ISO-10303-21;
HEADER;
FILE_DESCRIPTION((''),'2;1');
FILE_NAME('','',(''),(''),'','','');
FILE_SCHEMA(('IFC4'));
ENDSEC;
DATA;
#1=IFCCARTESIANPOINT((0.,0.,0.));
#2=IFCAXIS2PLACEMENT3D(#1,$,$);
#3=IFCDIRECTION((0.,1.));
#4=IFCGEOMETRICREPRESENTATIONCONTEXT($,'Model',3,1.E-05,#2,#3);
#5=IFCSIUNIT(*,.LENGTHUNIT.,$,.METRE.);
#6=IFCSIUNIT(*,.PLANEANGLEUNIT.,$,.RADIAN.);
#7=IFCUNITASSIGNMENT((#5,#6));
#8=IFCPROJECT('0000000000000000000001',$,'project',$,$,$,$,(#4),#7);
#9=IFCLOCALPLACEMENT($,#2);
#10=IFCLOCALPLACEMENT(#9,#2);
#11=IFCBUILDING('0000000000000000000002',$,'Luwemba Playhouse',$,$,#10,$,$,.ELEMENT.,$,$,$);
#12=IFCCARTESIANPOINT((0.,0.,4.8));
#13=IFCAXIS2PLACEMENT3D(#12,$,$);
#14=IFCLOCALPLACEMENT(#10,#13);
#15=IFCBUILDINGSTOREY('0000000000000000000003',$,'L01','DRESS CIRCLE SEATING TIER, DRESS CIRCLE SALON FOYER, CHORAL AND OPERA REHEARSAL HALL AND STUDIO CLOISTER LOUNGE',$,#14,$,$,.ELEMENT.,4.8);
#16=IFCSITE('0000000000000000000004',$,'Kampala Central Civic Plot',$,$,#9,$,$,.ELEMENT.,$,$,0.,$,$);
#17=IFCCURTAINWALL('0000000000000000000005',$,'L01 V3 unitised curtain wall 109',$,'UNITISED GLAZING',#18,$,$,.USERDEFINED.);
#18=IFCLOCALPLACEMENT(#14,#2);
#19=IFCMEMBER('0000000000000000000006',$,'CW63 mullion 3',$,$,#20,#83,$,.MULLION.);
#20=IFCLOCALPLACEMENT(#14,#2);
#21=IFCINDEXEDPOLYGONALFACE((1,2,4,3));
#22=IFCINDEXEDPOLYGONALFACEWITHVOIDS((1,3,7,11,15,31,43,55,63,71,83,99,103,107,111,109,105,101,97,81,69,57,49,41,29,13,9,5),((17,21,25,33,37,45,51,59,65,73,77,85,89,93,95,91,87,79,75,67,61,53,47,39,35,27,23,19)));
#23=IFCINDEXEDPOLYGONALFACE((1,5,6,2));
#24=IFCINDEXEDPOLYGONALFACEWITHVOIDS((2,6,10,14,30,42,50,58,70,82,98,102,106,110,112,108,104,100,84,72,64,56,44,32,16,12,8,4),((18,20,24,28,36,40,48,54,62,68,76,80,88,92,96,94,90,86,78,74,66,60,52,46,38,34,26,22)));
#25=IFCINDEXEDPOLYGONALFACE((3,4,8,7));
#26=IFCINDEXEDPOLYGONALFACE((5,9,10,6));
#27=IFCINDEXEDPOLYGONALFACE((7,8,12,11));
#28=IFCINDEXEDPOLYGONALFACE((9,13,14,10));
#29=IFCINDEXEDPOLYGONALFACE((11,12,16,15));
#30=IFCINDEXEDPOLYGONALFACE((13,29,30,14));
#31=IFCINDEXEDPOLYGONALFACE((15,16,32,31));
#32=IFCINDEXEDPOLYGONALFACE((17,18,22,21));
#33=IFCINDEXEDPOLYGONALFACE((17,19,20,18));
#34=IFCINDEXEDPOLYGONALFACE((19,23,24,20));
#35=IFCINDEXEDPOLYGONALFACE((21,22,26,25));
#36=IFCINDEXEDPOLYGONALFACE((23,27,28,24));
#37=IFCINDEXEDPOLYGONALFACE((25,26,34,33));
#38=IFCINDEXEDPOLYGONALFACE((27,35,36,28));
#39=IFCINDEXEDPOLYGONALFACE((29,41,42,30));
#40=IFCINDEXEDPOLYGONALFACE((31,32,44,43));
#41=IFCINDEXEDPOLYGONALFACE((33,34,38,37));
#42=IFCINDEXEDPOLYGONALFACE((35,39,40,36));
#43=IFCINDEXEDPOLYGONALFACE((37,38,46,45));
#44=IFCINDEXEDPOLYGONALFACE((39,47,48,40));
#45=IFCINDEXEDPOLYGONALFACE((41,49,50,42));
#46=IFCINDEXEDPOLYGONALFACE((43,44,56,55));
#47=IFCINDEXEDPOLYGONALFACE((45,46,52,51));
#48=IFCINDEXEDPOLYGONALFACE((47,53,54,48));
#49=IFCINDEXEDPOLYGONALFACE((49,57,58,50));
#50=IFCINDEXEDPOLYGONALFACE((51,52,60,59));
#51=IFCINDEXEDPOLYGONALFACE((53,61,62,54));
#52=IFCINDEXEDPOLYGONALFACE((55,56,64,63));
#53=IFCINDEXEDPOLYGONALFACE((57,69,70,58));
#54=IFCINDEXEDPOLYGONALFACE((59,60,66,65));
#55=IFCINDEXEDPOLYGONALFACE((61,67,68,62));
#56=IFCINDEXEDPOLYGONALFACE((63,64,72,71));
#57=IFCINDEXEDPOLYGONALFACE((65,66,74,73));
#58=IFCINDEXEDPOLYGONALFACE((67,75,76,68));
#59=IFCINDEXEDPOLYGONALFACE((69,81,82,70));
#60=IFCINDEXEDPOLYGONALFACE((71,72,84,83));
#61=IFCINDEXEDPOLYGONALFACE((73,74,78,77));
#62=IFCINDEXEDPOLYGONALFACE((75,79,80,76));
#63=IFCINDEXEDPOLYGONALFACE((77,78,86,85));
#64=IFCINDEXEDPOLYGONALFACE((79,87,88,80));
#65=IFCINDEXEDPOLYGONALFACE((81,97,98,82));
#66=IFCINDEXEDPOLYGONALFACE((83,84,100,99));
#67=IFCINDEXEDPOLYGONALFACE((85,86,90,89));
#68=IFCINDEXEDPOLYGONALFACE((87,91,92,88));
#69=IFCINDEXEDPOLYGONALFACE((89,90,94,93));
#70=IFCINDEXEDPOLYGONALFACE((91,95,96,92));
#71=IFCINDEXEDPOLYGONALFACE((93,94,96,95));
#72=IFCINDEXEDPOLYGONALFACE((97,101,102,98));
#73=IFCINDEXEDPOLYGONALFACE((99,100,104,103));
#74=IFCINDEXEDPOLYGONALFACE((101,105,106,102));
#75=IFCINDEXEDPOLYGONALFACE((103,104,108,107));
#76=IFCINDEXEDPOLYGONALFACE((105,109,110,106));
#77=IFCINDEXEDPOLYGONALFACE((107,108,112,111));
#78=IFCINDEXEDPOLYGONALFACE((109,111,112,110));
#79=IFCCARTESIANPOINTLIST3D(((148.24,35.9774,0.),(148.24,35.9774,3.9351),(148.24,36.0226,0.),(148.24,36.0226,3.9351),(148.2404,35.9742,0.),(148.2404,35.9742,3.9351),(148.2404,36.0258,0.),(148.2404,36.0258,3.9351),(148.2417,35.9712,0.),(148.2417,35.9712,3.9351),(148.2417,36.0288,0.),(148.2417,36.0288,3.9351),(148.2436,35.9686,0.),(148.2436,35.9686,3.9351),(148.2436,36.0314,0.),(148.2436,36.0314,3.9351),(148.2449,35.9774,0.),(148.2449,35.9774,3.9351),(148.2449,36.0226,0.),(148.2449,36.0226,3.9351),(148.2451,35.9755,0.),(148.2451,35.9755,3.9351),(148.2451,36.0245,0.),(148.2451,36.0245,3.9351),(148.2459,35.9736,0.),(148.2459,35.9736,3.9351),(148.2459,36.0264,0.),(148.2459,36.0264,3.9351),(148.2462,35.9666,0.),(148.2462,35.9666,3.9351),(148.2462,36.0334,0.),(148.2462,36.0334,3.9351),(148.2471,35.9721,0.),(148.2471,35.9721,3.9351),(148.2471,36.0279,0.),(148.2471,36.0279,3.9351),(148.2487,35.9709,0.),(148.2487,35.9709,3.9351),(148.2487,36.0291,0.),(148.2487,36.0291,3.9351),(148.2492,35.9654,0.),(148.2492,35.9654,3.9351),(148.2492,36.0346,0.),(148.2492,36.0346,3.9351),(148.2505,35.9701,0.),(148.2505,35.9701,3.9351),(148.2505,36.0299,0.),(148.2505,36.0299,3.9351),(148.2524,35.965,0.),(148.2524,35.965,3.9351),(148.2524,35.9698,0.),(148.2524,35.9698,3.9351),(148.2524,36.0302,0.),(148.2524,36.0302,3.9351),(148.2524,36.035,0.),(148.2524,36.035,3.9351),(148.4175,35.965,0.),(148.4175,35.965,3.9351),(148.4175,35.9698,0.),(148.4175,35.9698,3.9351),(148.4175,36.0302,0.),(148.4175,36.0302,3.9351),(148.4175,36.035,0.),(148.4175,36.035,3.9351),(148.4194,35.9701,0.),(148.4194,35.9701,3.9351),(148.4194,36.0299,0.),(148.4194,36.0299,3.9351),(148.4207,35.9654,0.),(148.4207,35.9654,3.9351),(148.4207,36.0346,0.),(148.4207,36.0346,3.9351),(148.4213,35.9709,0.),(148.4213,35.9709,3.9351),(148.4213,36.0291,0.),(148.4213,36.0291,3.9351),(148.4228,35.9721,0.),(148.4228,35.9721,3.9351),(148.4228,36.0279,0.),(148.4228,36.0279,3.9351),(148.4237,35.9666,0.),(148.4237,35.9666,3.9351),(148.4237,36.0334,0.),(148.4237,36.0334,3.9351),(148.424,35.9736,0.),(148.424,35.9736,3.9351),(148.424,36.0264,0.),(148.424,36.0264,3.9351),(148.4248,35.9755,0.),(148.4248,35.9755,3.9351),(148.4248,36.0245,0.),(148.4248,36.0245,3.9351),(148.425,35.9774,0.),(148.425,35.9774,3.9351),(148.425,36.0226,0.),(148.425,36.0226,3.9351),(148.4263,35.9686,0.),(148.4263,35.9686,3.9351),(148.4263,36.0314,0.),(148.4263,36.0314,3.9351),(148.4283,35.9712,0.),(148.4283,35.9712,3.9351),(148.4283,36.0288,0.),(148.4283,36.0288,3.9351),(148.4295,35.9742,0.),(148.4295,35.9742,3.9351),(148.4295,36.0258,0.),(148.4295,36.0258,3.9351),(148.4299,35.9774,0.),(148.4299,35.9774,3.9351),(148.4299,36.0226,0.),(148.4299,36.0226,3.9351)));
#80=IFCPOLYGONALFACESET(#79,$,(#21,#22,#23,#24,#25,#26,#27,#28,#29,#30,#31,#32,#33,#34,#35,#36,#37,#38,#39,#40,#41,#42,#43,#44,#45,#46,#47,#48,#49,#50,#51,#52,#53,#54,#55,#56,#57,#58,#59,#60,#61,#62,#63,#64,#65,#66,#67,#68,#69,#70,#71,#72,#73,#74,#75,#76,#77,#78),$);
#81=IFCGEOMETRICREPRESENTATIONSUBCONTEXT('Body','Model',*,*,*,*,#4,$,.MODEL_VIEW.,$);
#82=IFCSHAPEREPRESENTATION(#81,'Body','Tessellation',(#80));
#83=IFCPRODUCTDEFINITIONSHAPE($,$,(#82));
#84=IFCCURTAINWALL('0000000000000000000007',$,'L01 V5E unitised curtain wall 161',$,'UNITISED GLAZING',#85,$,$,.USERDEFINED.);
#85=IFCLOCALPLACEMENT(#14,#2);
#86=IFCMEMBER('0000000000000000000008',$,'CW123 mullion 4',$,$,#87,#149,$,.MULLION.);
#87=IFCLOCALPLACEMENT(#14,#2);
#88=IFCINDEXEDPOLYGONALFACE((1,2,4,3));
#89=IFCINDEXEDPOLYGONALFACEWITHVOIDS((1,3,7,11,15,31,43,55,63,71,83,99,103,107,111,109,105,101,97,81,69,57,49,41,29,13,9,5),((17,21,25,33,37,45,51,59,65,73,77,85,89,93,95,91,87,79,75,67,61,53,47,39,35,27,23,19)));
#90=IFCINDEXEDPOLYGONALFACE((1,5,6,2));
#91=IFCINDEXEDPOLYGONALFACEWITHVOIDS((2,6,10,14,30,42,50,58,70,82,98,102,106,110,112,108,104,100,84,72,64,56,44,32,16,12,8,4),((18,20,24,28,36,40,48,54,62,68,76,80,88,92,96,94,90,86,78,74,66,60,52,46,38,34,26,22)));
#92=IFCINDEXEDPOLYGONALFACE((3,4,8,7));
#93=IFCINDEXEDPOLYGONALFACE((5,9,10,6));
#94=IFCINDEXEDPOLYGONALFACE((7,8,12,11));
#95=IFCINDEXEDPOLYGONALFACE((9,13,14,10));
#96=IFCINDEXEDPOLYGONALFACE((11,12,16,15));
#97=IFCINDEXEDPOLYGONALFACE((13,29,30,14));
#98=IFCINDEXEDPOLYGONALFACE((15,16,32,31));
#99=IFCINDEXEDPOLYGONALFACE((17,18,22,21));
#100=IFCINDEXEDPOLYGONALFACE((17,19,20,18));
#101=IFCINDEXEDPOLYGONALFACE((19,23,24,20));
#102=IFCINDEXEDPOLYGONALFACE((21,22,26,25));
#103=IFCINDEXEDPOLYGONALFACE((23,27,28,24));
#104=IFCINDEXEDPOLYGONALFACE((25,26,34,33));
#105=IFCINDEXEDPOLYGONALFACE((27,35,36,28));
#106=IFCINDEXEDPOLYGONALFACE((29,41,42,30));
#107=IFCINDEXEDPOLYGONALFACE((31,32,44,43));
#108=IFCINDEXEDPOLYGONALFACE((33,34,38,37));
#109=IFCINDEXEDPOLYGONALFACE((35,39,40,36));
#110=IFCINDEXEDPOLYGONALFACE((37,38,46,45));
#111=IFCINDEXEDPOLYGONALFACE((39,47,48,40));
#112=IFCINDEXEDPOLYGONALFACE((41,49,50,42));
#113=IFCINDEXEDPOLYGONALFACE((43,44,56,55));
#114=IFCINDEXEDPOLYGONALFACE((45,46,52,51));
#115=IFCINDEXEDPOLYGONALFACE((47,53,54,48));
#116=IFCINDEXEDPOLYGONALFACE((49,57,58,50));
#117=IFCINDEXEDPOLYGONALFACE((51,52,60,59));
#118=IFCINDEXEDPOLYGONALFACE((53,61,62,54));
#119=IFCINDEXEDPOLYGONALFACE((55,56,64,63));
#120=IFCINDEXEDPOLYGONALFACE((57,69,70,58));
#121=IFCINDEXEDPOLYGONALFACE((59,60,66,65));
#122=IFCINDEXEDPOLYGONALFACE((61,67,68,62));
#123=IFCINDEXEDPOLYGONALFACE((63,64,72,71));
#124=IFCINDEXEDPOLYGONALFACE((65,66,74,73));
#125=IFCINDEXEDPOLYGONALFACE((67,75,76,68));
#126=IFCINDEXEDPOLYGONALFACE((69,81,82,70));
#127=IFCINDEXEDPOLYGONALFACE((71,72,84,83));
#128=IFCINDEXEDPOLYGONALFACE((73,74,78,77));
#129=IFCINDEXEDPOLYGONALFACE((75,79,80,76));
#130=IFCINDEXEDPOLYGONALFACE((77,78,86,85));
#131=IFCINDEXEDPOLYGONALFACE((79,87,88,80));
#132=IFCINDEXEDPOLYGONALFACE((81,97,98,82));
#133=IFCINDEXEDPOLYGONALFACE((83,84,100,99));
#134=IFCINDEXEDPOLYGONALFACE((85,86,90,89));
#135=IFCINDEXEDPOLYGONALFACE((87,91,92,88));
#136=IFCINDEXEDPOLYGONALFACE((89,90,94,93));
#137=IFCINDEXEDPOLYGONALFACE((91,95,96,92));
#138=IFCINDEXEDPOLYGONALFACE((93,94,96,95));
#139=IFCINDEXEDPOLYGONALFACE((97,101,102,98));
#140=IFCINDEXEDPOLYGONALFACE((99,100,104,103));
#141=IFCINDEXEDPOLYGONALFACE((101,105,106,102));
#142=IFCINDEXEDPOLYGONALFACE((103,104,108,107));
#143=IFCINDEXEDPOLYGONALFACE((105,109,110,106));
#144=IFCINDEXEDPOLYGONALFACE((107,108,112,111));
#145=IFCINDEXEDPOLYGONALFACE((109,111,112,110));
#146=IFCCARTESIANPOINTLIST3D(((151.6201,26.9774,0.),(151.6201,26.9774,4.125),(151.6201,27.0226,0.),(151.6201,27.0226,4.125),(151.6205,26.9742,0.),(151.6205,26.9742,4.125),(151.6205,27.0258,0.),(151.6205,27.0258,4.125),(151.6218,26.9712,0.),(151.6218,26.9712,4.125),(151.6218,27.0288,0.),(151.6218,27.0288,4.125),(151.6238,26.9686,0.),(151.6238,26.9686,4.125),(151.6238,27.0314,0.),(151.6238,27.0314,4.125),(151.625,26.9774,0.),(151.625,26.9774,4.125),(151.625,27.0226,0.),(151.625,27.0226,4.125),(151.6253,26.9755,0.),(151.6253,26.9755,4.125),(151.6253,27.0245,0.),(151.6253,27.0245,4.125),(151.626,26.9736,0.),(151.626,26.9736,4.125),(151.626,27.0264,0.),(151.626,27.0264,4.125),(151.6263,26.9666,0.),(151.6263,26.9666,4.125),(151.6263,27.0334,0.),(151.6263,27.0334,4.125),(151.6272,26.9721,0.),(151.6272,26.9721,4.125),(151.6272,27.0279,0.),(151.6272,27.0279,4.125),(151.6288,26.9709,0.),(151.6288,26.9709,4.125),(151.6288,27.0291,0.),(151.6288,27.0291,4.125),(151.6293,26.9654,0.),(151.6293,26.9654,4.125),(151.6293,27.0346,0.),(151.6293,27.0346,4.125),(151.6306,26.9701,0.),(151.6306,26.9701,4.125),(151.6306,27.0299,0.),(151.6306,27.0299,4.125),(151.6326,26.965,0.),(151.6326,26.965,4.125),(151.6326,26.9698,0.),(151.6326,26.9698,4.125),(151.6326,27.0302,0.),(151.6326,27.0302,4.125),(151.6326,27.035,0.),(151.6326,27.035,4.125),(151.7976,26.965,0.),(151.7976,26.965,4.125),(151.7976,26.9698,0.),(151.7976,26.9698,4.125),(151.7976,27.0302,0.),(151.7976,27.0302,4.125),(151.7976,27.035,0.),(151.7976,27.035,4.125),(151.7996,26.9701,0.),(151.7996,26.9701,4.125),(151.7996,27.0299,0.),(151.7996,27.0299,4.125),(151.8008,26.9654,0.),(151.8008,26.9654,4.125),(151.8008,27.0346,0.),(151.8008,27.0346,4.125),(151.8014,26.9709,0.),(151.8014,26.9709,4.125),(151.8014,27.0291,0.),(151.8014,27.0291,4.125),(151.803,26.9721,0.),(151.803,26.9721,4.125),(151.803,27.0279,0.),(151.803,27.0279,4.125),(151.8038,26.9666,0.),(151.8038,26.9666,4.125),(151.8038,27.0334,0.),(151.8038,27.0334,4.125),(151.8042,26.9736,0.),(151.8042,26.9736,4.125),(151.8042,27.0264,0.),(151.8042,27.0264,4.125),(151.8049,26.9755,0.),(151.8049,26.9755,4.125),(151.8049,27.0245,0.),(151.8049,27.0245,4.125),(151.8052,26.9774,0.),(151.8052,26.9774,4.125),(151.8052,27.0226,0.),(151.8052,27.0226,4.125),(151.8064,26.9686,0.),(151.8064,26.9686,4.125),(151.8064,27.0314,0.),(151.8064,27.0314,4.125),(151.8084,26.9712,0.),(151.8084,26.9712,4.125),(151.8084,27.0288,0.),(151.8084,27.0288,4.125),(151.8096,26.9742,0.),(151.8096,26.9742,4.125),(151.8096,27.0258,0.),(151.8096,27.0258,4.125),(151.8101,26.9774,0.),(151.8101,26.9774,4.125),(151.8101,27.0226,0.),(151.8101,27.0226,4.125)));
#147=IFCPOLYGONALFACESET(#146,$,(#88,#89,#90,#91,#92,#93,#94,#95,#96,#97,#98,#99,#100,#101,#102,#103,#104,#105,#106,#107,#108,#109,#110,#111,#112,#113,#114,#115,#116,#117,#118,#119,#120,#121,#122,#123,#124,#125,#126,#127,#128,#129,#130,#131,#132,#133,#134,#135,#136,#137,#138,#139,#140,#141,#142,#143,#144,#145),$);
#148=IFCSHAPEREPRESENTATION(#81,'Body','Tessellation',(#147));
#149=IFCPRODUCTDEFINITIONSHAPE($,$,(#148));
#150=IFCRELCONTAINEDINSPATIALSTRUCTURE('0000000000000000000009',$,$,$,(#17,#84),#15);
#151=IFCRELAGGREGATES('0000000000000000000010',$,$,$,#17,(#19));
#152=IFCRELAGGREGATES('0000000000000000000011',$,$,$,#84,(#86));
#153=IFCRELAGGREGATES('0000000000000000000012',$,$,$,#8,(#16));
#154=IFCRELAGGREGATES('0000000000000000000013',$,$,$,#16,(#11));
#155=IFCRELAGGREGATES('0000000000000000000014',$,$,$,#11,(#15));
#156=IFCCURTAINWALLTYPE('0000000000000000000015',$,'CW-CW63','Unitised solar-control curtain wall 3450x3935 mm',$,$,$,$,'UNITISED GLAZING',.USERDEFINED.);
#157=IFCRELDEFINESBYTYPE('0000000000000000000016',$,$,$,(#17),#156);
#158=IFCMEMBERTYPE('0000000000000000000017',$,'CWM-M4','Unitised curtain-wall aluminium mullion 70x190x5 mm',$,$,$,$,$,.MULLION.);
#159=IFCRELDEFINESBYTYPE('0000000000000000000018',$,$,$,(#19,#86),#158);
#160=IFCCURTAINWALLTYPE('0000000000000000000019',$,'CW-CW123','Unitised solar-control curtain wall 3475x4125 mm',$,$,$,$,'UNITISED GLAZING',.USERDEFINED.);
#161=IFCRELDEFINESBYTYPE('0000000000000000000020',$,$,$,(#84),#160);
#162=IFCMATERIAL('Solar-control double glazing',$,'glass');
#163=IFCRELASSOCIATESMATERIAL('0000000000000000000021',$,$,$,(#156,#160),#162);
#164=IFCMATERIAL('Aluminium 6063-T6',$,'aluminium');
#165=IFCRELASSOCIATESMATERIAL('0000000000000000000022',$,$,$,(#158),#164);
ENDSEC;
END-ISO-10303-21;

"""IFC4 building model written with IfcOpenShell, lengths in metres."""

from ifc_helpers import new_model, si_unit, direction, frame, origin, origin_2d, place, context, subcontext, project, spatial, hollow_rectangle, extrude, material, material_profile, profile_set, type_object, element, aggregate, save


model = new_model("IFC4")

# Units and contexts
model_context = context("Model", 3, precision=1e-05, world=origin(), true_north=direction((0.0, 1.0)))
body_context = subcontext(model_context, "Body", "Model", "MODEL_VIEW")
ifc_project = project(units=[si_unit("LENGTHUNIT", "METRE"), si_unit("PLANEANGLEUNIT", "RADIAN")], contexts=[model_context])

# Site, building, storey
site_placement = place(None, origin())
site = spatial("IfcSite", under=ifc_project, at=site_placement, Name="Kampala Central Civic Plot", CompositionType="ELEMENT", RefElevation=0.0)
building_placement = place(site_placement, origin())
building = spatial("IfcBuilding", under=site, at=building_placement, Name="Luwemba Playhouse", CompositionType="ELEMENT")
storey_placement = place(building_placement, frame((0.0, 0.0, 4.8)))
storey = spatial("IfcBuildingStorey", under=building, at=storey_placement, Name="L01", Description="DRESS CIRCLE SEATING TIER, DRESS CIRCLE SALON FOYER, CHORAL AND OPERA REHEARSAL HALL AND STUDIO CLOISTER LOUNGE", CompositionType="ELEMENT", Elevation=4.8)

# Shared definitions
ifc_material_1 = material(Name="Solar-control double glazing", Category="glass")
ifc_material_2 = material(Name="Aluminium 6063-T6", Category="aluminium")

# Curtain walls, members
curtain_wall_type_1 = type_object("IfcCurtainWallType", Name="CW-CW63", Description="Unitised solar-control curtain wall 3450x3935 mm", ElementType="UNITISED GLAZING", PredefinedType="USERDEFINED", material=ifc_material_1)
curtain_wall_1_placement = place(storey_placement, origin())
curtain_wall_1 = element("IfcCurtainWall", 1, at=curtain_wall_1_placement, inside=storey, type_object=curtain_wall_type_1, Name="L01 V3 unitised curtain wall 109", ObjectType="UNITISED GLAZING", PredefinedType="USERDEFINED")
ifc_material_profile_1 = material_profile(ifc_material_2, hollow_rectangle(XDim=0.0701, YDim=0.1899, WallThickness=0.0049, InnerFilletRadius=0.0076, OuterFilletRadius=0.0125, at=origin_2d()))
ifc_profile_set_1 = profile_set([ifc_material_profile_1], Name="Aluminium 6063-T6")
member_type_1 = type_object("IfcMemberType", Name="CWM-M4", Description="Unitised curtain-wall aluminium mullion 70x190x5 mm", PredefinedType="MULLION", material=ifc_profile_set_1)
member_1_placement = place(storey_placement, frame((148.335, 36.0, 0.0), z_axis=(0.0, 0.0, 1.0), x_axis=(0.0, -1.0, 0.0)))
member_1 = element("IfcMember", 2, at=member_1_placement, type_object=member_type_1, Name="CW63 mullion 3", PredefinedType="MULLION", context=body_context, shape_type="SweptSolid", body=[
    extrude(hollow_rectangle(XDim=0.0701, YDim=0.1899, WallThickness=0.0049, InnerFilletRadius=0.0076, OuterFilletRadius=0.0125, at=origin_2d()), origin(), (0.0, 0.0, 1.0), 3.9351),
])
curtain_wall_type_2 = type_object("IfcCurtainWallType", Name="CW-CW123", Description="Unitised solar-control curtain wall 3475x4125 mm", ElementType="UNITISED GLAZING", PredefinedType="USERDEFINED", material=ifc_material_1)
curtain_wall_2_placement = place(storey_placement, origin())
curtain_wall_2 = element("IfcCurtainWall", 3, at=curtain_wall_2_placement, inside=storey, type_object=curtain_wall_type_2, Name="L01 V5E unitised curtain wall 161", ObjectType="UNITISED GLAZING", PredefinedType="USERDEFINED")
member_2_placement = place(storey_placement, frame((151.7151, 27.0, 0.0), z_axis=(0.0, 0.0, 1.0), x_axis=(0.0, 1.0, 0.0)))
member_2 = element("IfcMember", 4, at=member_2_placement, type_object=member_type_1, Name="CW123 mullion 4", PredefinedType="MULLION", context=body_context, shape_type="SweptSolid", body=[
    extrude(hollow_rectangle(XDim=0.0701, YDim=0.1899, WallThickness=0.0049, InnerFilletRadius=0.0076, OuterFilletRadius=0.0125, at=origin_2d()), origin(), (0.0, 0.0, 1.0), 4.125),
])

aggregate(curtain_wall_1, [member_1])
aggregate(curtain_wall_2, [member_2])

save(model, "model.ifc")
